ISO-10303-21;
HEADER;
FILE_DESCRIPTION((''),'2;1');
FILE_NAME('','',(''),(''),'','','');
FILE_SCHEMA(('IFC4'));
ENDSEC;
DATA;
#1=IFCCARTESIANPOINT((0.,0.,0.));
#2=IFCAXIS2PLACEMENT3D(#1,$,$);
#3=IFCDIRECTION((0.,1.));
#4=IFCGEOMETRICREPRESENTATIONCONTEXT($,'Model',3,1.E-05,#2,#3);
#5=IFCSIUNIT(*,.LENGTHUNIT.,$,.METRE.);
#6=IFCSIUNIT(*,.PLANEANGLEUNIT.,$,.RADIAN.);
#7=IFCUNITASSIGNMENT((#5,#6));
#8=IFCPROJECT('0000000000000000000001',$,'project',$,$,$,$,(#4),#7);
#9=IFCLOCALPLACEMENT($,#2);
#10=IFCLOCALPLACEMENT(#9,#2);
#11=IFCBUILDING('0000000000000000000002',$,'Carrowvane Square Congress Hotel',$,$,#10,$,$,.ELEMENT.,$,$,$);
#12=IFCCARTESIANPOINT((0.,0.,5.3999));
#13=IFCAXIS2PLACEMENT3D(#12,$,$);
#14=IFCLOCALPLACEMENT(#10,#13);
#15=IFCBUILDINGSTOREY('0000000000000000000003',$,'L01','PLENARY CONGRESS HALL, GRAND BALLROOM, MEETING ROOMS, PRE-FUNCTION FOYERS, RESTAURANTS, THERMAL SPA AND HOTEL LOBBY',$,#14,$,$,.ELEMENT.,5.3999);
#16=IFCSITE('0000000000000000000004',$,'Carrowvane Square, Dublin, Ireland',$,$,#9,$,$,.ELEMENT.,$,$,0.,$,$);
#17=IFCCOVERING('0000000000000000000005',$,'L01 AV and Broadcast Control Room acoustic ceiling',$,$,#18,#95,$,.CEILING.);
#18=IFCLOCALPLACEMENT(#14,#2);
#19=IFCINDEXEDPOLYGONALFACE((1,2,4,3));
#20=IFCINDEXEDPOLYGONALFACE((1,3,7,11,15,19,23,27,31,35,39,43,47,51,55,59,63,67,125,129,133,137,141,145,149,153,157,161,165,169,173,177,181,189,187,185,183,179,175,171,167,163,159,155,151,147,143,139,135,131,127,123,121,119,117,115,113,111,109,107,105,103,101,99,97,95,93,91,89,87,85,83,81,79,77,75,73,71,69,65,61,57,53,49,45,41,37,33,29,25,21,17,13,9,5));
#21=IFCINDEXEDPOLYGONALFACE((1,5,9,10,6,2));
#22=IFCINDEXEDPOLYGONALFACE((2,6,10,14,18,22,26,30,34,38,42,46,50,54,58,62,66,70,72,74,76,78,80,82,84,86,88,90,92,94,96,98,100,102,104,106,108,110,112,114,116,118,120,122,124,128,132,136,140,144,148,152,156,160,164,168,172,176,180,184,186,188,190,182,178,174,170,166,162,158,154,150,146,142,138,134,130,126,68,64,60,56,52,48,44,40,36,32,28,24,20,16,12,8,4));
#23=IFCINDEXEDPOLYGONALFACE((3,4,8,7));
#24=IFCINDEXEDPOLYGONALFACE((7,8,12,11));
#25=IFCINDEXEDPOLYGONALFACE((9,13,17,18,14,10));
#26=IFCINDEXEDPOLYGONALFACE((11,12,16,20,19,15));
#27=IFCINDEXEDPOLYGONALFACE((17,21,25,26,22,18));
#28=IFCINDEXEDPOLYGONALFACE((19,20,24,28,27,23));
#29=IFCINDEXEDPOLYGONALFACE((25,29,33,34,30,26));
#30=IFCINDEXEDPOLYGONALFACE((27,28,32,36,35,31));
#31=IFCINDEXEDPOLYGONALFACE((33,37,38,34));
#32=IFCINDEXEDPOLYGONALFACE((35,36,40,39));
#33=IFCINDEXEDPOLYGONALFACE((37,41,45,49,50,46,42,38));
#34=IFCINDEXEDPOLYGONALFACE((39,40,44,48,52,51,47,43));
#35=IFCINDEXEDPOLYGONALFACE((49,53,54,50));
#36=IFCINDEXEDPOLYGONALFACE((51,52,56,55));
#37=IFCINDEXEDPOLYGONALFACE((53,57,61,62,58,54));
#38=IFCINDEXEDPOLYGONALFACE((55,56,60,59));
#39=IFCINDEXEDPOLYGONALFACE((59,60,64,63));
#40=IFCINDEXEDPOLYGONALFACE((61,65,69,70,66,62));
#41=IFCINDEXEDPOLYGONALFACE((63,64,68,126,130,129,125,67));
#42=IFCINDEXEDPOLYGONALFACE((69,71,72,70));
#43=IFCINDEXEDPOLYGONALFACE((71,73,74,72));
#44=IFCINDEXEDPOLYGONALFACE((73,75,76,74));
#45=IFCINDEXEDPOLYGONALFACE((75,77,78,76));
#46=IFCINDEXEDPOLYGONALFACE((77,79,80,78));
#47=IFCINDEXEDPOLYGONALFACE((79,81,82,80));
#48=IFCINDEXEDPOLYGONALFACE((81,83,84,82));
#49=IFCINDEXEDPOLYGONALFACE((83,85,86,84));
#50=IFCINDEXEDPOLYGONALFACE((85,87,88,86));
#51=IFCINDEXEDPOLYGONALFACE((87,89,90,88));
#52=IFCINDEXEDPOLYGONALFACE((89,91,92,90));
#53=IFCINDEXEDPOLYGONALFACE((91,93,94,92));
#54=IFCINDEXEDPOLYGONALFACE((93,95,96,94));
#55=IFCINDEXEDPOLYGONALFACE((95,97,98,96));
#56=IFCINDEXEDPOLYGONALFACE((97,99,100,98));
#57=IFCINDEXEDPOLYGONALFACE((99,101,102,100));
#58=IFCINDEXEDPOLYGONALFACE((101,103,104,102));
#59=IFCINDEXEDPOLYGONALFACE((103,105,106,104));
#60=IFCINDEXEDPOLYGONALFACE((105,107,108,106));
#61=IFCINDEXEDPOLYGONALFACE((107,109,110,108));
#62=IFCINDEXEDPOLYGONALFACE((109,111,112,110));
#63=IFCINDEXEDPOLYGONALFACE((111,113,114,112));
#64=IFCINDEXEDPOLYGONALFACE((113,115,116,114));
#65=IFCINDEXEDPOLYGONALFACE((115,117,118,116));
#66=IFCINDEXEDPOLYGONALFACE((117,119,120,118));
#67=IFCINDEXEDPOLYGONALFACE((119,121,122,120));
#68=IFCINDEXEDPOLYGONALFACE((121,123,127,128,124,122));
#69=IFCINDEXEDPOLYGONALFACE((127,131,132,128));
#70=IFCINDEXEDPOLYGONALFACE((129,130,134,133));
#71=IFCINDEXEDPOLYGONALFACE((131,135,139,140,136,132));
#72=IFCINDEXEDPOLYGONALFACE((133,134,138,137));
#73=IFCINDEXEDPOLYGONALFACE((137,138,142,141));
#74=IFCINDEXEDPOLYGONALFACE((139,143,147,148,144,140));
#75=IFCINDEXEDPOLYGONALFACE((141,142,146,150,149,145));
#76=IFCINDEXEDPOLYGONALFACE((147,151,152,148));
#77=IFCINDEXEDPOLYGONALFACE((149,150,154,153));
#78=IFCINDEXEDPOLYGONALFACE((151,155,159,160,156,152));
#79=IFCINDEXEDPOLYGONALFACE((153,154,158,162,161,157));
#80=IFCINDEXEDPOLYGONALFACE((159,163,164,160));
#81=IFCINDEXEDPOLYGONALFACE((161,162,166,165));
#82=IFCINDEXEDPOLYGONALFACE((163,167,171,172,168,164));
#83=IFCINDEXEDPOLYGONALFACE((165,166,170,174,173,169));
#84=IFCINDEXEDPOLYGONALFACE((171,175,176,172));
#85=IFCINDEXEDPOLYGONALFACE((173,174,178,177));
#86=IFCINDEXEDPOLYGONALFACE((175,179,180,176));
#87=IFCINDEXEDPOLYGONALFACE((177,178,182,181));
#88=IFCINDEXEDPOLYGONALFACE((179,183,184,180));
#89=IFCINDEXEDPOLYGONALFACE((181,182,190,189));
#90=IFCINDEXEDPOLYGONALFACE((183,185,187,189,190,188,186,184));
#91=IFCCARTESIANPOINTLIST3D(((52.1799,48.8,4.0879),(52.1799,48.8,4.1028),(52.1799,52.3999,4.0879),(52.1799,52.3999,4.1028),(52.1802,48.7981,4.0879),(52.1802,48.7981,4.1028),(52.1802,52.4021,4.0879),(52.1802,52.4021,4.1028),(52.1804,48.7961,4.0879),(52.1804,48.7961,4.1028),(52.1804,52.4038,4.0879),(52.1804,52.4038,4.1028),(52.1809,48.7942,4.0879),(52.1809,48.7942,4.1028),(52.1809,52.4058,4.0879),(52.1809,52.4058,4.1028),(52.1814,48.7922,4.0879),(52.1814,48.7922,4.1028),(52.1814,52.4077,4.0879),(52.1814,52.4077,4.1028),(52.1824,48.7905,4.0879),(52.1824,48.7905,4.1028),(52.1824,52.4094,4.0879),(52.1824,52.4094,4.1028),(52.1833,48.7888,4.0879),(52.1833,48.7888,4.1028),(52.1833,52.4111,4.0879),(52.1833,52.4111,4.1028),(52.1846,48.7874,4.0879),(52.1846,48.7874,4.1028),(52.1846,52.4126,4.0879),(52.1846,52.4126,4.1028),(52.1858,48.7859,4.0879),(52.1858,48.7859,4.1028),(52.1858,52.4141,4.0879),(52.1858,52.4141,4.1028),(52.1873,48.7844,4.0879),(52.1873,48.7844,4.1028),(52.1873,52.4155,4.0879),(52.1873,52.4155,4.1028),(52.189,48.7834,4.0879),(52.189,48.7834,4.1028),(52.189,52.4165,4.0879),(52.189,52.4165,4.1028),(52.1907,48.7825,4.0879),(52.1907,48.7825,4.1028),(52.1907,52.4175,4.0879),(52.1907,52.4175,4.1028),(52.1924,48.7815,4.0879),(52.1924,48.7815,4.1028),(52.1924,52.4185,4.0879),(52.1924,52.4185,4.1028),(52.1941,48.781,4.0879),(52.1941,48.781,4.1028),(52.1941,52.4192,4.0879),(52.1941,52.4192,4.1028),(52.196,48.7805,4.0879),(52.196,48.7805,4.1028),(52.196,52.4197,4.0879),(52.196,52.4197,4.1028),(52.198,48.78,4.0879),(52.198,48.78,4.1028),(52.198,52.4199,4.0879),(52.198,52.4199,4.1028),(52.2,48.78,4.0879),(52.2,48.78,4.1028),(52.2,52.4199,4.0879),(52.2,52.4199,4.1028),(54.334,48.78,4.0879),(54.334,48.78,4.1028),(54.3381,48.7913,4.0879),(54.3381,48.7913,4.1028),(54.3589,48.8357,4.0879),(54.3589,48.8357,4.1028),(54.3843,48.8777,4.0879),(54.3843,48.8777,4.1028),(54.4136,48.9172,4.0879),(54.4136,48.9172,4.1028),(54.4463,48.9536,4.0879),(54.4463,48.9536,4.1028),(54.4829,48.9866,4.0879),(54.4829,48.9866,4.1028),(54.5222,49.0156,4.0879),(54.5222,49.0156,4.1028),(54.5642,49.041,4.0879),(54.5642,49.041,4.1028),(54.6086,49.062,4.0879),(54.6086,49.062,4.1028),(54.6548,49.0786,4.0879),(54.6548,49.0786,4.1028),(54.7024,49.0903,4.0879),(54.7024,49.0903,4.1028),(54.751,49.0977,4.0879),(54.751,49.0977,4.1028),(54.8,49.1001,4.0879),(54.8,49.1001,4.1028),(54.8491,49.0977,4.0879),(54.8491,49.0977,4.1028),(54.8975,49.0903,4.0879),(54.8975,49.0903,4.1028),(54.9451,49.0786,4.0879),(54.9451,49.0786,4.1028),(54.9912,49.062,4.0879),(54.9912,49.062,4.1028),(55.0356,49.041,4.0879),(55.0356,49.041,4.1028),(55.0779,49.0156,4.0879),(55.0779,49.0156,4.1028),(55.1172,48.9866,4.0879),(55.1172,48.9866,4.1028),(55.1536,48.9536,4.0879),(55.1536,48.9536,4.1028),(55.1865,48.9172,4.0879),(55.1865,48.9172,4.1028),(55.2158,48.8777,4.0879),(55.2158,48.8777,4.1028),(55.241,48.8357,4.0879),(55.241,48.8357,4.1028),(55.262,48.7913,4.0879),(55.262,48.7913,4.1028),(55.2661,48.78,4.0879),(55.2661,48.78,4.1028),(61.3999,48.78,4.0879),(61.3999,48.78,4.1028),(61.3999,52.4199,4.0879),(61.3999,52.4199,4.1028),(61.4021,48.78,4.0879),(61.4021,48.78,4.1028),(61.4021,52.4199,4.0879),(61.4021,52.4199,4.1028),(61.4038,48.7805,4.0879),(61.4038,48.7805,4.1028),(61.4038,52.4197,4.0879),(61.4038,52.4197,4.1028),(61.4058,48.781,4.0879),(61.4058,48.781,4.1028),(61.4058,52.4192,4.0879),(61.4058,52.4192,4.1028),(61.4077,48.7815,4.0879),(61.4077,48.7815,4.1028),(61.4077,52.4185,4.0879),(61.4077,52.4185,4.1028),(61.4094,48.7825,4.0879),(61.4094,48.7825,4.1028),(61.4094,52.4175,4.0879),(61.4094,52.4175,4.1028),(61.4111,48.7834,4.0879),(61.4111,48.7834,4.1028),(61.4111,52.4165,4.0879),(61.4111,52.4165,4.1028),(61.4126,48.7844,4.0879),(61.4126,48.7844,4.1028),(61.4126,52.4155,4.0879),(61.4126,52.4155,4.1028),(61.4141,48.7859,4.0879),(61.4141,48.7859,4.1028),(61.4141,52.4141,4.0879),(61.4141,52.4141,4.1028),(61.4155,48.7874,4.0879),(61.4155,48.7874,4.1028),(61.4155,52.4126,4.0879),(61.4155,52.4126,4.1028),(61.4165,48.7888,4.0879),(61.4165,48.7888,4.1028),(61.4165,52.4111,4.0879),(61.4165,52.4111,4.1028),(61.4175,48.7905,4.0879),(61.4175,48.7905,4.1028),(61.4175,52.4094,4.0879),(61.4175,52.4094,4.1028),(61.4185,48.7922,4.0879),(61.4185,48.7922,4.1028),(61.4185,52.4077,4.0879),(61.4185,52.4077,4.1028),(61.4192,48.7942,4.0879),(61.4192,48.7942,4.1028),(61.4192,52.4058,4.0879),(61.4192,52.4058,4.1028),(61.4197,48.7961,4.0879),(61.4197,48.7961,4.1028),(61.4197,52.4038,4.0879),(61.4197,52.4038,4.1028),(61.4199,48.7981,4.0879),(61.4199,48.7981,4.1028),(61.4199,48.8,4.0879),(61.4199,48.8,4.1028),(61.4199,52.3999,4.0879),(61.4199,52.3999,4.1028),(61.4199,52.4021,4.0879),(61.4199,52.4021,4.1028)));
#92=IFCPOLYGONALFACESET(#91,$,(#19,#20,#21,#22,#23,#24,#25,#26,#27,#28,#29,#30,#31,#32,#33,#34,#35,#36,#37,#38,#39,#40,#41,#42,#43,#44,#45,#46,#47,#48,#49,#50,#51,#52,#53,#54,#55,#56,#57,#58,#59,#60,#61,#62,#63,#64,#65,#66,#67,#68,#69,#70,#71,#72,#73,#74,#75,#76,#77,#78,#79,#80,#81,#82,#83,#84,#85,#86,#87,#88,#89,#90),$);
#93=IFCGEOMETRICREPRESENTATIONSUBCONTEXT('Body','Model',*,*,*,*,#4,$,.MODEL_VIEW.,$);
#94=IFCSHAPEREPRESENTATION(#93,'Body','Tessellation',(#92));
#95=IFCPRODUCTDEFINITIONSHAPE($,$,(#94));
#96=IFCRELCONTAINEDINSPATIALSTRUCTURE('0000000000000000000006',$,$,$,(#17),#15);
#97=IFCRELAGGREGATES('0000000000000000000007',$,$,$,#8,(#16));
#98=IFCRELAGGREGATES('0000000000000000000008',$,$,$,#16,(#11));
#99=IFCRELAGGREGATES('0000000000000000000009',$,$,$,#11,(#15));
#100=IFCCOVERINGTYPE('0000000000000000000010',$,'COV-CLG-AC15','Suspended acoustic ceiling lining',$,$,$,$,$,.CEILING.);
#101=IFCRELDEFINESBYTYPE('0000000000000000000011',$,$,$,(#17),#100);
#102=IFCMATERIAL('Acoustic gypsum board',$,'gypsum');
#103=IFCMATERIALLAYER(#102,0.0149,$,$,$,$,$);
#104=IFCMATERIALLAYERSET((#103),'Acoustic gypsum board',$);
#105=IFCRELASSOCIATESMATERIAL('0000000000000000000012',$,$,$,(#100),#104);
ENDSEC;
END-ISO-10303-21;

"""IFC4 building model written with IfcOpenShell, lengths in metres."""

from ifc_helpers import new_model, si_unit, direction, frame, origin, place, context, subcontext, project, spatial, polyline, outline, extrude, material, layer, layer_set, type_object, element, save


model = new_model("IFC4")

# Units and contexts
model_context = context("Model", 3, precision=1e-05, world=origin(), true_north=direction((0.0, 1.0)))
body_context = subcontext(model_context, "Body", "Model", "MODEL_VIEW")
ifc_project = project(units=[si_unit("LENGTHUNIT", "METRE"), si_unit("PLANEANGLEUNIT", "RADIAN")], contexts=[model_context])

# Site, building, storey
site_placement = place(None, origin())
site = spatial("IfcSite", under=ifc_project, at=site_placement, Name="Carrowvane Square, Dublin, Ireland", CompositionType="ELEMENT", RefElevation=0.0)
building_placement = place(site_placement, origin())
building = spatial("IfcBuilding", under=site, at=building_placement, Name="Carrowvane Square Congress Hotel", CompositionType="ELEMENT")
storey_placement = place(building_placement, frame((0.0, 0.0, 5.3999)))
storey = spatial("IfcBuildingStorey", under=building, at=storey_placement, Name="L01", Description="PLENARY CONGRESS HALL, GRAND BALLROOM, MEETING ROOMS, PRE-FUNCTION FOYERS, RESTAURANTS, THERMAL SPA AND HOTEL LOBBY", CompositionType="ELEMENT", Elevation=5.3999)

# Covering
ifc_material_1 = material(Name="Acoustic gypsum board", Category="gypsum")
ifc_layer_1 = layer(ifc_material_1, 0.0149)
ifc_layer_set_1 = layer_set([ifc_layer_1], Name="Acoustic gypsum board")
covering_type_1 = type_object("IfcCoveringType", Name="COV-CLG-AC15", Description="Suspended acoustic ceiling lining", PredefinedType="CEILING", material=ifc_layer_set_1)
covering_1_placement = place(storey_placement, frame((0.0, 0.0, 4.0879)))
element("IfcCovering", 1, at=covering_1_placement, inside=storey, type_object=covering_type_1, Name="L01 AV and Broadcast Control Room acoustic ceiling", PredefinedType="CEILING", context=body_context, shape_type="SweptSolid", body=[
    extrude(outline(polyline([(52.198, 52.4199), (52.2, 52.4199), (61.3999, 52.4199), (61.4021, 52.4199), (61.4038, 52.4197), (61.4058, 52.4192), (61.4077, 52.4185), (61.4094, 52.4175), (61.4111, 52.4165), (61.4126, 52.4155), (61.4141, 52.4141), (61.4155, 52.4126), (61.4165, 52.4111), (61.4175, 52.4094), (61.4185, 52.4077), (61.4192, 52.4058), (61.4197, 52.4038), (61.4199, 52.4021), (61.4199, 52.3999), (61.4199, 48.8), (61.4199, 48.7981), (61.4197, 48.7961), (61.4192, 48.7942), (61.4185, 48.7922), (61.4175, 48.7905), (61.4165, 48.7888), (61.4155, 48.7874), (61.4141, 48.7859), (61.4126, 48.7844), (61.4111, 48.7834), (61.4094, 48.7825), (61.4077, 48.7815), (61.4058, 48.781), (61.4038, 48.7805), (61.4021, 48.78), (61.3999, 48.78), (55.2661, 48.78), (55.262, 48.7913), (55.241, 48.8357), (55.2158, 48.8777), (55.1865, 48.9172), (55.1536, 48.9536), (55.1172, 48.9866), (55.0779, 49.0156), (55.0356, 49.041), (54.9912, 49.062), (54.9451, 49.0786), (54.8975, 49.0903), (54.8491, 49.0977), (54.8, 49.1001), (54.751, 49.0977), (54.7024, 49.0903), (54.6548, 49.0786), (54.6086, 49.062), (54.5642, 49.041), (54.5222, 49.0156), (54.4829, 48.9866), (54.4463, 48.9536), (54.4136, 48.9172), (54.3843, 48.8777), (54.3589, 48.8357), (54.3381, 48.7913), (54.334, 48.78), (52.2, 48.78), (52.198, 48.78), (52.196, 48.7805), (52.1941, 48.781), (52.1924, 48.7815), (52.1907, 48.7825), (52.189, 48.7834), (52.1873, 48.7844), (52.1858, 48.7859), (52.1846, 48.7874), (52.1833, 48.7888), (52.1824, 48.7905), (52.1814, 48.7922), (52.1809, 48.7942), (52.1804, 48.7961), (52.1802, 48.7981), (52.1799, 48.8), (52.1799, 52.3999), (52.1802, 52.4021), (52.1804, 52.4038), (52.1809, 52.4058), (52.1814, 52.4077), (52.1824, 52.4094), (52.1833, 52.4111), (52.1846, 52.4126), (52.1858, 52.4141), (52.1873, 52.4155), (52.189, 52.4165), (52.1907, 52.4175), (52.1924, 52.4185), (52.1941, 52.4192), (52.196, 52.4197), (52.198, 52.4199)])), origin(), (0.0, 0.0, 1.0), 0.0149),
])

save(model, "model.ifc")
